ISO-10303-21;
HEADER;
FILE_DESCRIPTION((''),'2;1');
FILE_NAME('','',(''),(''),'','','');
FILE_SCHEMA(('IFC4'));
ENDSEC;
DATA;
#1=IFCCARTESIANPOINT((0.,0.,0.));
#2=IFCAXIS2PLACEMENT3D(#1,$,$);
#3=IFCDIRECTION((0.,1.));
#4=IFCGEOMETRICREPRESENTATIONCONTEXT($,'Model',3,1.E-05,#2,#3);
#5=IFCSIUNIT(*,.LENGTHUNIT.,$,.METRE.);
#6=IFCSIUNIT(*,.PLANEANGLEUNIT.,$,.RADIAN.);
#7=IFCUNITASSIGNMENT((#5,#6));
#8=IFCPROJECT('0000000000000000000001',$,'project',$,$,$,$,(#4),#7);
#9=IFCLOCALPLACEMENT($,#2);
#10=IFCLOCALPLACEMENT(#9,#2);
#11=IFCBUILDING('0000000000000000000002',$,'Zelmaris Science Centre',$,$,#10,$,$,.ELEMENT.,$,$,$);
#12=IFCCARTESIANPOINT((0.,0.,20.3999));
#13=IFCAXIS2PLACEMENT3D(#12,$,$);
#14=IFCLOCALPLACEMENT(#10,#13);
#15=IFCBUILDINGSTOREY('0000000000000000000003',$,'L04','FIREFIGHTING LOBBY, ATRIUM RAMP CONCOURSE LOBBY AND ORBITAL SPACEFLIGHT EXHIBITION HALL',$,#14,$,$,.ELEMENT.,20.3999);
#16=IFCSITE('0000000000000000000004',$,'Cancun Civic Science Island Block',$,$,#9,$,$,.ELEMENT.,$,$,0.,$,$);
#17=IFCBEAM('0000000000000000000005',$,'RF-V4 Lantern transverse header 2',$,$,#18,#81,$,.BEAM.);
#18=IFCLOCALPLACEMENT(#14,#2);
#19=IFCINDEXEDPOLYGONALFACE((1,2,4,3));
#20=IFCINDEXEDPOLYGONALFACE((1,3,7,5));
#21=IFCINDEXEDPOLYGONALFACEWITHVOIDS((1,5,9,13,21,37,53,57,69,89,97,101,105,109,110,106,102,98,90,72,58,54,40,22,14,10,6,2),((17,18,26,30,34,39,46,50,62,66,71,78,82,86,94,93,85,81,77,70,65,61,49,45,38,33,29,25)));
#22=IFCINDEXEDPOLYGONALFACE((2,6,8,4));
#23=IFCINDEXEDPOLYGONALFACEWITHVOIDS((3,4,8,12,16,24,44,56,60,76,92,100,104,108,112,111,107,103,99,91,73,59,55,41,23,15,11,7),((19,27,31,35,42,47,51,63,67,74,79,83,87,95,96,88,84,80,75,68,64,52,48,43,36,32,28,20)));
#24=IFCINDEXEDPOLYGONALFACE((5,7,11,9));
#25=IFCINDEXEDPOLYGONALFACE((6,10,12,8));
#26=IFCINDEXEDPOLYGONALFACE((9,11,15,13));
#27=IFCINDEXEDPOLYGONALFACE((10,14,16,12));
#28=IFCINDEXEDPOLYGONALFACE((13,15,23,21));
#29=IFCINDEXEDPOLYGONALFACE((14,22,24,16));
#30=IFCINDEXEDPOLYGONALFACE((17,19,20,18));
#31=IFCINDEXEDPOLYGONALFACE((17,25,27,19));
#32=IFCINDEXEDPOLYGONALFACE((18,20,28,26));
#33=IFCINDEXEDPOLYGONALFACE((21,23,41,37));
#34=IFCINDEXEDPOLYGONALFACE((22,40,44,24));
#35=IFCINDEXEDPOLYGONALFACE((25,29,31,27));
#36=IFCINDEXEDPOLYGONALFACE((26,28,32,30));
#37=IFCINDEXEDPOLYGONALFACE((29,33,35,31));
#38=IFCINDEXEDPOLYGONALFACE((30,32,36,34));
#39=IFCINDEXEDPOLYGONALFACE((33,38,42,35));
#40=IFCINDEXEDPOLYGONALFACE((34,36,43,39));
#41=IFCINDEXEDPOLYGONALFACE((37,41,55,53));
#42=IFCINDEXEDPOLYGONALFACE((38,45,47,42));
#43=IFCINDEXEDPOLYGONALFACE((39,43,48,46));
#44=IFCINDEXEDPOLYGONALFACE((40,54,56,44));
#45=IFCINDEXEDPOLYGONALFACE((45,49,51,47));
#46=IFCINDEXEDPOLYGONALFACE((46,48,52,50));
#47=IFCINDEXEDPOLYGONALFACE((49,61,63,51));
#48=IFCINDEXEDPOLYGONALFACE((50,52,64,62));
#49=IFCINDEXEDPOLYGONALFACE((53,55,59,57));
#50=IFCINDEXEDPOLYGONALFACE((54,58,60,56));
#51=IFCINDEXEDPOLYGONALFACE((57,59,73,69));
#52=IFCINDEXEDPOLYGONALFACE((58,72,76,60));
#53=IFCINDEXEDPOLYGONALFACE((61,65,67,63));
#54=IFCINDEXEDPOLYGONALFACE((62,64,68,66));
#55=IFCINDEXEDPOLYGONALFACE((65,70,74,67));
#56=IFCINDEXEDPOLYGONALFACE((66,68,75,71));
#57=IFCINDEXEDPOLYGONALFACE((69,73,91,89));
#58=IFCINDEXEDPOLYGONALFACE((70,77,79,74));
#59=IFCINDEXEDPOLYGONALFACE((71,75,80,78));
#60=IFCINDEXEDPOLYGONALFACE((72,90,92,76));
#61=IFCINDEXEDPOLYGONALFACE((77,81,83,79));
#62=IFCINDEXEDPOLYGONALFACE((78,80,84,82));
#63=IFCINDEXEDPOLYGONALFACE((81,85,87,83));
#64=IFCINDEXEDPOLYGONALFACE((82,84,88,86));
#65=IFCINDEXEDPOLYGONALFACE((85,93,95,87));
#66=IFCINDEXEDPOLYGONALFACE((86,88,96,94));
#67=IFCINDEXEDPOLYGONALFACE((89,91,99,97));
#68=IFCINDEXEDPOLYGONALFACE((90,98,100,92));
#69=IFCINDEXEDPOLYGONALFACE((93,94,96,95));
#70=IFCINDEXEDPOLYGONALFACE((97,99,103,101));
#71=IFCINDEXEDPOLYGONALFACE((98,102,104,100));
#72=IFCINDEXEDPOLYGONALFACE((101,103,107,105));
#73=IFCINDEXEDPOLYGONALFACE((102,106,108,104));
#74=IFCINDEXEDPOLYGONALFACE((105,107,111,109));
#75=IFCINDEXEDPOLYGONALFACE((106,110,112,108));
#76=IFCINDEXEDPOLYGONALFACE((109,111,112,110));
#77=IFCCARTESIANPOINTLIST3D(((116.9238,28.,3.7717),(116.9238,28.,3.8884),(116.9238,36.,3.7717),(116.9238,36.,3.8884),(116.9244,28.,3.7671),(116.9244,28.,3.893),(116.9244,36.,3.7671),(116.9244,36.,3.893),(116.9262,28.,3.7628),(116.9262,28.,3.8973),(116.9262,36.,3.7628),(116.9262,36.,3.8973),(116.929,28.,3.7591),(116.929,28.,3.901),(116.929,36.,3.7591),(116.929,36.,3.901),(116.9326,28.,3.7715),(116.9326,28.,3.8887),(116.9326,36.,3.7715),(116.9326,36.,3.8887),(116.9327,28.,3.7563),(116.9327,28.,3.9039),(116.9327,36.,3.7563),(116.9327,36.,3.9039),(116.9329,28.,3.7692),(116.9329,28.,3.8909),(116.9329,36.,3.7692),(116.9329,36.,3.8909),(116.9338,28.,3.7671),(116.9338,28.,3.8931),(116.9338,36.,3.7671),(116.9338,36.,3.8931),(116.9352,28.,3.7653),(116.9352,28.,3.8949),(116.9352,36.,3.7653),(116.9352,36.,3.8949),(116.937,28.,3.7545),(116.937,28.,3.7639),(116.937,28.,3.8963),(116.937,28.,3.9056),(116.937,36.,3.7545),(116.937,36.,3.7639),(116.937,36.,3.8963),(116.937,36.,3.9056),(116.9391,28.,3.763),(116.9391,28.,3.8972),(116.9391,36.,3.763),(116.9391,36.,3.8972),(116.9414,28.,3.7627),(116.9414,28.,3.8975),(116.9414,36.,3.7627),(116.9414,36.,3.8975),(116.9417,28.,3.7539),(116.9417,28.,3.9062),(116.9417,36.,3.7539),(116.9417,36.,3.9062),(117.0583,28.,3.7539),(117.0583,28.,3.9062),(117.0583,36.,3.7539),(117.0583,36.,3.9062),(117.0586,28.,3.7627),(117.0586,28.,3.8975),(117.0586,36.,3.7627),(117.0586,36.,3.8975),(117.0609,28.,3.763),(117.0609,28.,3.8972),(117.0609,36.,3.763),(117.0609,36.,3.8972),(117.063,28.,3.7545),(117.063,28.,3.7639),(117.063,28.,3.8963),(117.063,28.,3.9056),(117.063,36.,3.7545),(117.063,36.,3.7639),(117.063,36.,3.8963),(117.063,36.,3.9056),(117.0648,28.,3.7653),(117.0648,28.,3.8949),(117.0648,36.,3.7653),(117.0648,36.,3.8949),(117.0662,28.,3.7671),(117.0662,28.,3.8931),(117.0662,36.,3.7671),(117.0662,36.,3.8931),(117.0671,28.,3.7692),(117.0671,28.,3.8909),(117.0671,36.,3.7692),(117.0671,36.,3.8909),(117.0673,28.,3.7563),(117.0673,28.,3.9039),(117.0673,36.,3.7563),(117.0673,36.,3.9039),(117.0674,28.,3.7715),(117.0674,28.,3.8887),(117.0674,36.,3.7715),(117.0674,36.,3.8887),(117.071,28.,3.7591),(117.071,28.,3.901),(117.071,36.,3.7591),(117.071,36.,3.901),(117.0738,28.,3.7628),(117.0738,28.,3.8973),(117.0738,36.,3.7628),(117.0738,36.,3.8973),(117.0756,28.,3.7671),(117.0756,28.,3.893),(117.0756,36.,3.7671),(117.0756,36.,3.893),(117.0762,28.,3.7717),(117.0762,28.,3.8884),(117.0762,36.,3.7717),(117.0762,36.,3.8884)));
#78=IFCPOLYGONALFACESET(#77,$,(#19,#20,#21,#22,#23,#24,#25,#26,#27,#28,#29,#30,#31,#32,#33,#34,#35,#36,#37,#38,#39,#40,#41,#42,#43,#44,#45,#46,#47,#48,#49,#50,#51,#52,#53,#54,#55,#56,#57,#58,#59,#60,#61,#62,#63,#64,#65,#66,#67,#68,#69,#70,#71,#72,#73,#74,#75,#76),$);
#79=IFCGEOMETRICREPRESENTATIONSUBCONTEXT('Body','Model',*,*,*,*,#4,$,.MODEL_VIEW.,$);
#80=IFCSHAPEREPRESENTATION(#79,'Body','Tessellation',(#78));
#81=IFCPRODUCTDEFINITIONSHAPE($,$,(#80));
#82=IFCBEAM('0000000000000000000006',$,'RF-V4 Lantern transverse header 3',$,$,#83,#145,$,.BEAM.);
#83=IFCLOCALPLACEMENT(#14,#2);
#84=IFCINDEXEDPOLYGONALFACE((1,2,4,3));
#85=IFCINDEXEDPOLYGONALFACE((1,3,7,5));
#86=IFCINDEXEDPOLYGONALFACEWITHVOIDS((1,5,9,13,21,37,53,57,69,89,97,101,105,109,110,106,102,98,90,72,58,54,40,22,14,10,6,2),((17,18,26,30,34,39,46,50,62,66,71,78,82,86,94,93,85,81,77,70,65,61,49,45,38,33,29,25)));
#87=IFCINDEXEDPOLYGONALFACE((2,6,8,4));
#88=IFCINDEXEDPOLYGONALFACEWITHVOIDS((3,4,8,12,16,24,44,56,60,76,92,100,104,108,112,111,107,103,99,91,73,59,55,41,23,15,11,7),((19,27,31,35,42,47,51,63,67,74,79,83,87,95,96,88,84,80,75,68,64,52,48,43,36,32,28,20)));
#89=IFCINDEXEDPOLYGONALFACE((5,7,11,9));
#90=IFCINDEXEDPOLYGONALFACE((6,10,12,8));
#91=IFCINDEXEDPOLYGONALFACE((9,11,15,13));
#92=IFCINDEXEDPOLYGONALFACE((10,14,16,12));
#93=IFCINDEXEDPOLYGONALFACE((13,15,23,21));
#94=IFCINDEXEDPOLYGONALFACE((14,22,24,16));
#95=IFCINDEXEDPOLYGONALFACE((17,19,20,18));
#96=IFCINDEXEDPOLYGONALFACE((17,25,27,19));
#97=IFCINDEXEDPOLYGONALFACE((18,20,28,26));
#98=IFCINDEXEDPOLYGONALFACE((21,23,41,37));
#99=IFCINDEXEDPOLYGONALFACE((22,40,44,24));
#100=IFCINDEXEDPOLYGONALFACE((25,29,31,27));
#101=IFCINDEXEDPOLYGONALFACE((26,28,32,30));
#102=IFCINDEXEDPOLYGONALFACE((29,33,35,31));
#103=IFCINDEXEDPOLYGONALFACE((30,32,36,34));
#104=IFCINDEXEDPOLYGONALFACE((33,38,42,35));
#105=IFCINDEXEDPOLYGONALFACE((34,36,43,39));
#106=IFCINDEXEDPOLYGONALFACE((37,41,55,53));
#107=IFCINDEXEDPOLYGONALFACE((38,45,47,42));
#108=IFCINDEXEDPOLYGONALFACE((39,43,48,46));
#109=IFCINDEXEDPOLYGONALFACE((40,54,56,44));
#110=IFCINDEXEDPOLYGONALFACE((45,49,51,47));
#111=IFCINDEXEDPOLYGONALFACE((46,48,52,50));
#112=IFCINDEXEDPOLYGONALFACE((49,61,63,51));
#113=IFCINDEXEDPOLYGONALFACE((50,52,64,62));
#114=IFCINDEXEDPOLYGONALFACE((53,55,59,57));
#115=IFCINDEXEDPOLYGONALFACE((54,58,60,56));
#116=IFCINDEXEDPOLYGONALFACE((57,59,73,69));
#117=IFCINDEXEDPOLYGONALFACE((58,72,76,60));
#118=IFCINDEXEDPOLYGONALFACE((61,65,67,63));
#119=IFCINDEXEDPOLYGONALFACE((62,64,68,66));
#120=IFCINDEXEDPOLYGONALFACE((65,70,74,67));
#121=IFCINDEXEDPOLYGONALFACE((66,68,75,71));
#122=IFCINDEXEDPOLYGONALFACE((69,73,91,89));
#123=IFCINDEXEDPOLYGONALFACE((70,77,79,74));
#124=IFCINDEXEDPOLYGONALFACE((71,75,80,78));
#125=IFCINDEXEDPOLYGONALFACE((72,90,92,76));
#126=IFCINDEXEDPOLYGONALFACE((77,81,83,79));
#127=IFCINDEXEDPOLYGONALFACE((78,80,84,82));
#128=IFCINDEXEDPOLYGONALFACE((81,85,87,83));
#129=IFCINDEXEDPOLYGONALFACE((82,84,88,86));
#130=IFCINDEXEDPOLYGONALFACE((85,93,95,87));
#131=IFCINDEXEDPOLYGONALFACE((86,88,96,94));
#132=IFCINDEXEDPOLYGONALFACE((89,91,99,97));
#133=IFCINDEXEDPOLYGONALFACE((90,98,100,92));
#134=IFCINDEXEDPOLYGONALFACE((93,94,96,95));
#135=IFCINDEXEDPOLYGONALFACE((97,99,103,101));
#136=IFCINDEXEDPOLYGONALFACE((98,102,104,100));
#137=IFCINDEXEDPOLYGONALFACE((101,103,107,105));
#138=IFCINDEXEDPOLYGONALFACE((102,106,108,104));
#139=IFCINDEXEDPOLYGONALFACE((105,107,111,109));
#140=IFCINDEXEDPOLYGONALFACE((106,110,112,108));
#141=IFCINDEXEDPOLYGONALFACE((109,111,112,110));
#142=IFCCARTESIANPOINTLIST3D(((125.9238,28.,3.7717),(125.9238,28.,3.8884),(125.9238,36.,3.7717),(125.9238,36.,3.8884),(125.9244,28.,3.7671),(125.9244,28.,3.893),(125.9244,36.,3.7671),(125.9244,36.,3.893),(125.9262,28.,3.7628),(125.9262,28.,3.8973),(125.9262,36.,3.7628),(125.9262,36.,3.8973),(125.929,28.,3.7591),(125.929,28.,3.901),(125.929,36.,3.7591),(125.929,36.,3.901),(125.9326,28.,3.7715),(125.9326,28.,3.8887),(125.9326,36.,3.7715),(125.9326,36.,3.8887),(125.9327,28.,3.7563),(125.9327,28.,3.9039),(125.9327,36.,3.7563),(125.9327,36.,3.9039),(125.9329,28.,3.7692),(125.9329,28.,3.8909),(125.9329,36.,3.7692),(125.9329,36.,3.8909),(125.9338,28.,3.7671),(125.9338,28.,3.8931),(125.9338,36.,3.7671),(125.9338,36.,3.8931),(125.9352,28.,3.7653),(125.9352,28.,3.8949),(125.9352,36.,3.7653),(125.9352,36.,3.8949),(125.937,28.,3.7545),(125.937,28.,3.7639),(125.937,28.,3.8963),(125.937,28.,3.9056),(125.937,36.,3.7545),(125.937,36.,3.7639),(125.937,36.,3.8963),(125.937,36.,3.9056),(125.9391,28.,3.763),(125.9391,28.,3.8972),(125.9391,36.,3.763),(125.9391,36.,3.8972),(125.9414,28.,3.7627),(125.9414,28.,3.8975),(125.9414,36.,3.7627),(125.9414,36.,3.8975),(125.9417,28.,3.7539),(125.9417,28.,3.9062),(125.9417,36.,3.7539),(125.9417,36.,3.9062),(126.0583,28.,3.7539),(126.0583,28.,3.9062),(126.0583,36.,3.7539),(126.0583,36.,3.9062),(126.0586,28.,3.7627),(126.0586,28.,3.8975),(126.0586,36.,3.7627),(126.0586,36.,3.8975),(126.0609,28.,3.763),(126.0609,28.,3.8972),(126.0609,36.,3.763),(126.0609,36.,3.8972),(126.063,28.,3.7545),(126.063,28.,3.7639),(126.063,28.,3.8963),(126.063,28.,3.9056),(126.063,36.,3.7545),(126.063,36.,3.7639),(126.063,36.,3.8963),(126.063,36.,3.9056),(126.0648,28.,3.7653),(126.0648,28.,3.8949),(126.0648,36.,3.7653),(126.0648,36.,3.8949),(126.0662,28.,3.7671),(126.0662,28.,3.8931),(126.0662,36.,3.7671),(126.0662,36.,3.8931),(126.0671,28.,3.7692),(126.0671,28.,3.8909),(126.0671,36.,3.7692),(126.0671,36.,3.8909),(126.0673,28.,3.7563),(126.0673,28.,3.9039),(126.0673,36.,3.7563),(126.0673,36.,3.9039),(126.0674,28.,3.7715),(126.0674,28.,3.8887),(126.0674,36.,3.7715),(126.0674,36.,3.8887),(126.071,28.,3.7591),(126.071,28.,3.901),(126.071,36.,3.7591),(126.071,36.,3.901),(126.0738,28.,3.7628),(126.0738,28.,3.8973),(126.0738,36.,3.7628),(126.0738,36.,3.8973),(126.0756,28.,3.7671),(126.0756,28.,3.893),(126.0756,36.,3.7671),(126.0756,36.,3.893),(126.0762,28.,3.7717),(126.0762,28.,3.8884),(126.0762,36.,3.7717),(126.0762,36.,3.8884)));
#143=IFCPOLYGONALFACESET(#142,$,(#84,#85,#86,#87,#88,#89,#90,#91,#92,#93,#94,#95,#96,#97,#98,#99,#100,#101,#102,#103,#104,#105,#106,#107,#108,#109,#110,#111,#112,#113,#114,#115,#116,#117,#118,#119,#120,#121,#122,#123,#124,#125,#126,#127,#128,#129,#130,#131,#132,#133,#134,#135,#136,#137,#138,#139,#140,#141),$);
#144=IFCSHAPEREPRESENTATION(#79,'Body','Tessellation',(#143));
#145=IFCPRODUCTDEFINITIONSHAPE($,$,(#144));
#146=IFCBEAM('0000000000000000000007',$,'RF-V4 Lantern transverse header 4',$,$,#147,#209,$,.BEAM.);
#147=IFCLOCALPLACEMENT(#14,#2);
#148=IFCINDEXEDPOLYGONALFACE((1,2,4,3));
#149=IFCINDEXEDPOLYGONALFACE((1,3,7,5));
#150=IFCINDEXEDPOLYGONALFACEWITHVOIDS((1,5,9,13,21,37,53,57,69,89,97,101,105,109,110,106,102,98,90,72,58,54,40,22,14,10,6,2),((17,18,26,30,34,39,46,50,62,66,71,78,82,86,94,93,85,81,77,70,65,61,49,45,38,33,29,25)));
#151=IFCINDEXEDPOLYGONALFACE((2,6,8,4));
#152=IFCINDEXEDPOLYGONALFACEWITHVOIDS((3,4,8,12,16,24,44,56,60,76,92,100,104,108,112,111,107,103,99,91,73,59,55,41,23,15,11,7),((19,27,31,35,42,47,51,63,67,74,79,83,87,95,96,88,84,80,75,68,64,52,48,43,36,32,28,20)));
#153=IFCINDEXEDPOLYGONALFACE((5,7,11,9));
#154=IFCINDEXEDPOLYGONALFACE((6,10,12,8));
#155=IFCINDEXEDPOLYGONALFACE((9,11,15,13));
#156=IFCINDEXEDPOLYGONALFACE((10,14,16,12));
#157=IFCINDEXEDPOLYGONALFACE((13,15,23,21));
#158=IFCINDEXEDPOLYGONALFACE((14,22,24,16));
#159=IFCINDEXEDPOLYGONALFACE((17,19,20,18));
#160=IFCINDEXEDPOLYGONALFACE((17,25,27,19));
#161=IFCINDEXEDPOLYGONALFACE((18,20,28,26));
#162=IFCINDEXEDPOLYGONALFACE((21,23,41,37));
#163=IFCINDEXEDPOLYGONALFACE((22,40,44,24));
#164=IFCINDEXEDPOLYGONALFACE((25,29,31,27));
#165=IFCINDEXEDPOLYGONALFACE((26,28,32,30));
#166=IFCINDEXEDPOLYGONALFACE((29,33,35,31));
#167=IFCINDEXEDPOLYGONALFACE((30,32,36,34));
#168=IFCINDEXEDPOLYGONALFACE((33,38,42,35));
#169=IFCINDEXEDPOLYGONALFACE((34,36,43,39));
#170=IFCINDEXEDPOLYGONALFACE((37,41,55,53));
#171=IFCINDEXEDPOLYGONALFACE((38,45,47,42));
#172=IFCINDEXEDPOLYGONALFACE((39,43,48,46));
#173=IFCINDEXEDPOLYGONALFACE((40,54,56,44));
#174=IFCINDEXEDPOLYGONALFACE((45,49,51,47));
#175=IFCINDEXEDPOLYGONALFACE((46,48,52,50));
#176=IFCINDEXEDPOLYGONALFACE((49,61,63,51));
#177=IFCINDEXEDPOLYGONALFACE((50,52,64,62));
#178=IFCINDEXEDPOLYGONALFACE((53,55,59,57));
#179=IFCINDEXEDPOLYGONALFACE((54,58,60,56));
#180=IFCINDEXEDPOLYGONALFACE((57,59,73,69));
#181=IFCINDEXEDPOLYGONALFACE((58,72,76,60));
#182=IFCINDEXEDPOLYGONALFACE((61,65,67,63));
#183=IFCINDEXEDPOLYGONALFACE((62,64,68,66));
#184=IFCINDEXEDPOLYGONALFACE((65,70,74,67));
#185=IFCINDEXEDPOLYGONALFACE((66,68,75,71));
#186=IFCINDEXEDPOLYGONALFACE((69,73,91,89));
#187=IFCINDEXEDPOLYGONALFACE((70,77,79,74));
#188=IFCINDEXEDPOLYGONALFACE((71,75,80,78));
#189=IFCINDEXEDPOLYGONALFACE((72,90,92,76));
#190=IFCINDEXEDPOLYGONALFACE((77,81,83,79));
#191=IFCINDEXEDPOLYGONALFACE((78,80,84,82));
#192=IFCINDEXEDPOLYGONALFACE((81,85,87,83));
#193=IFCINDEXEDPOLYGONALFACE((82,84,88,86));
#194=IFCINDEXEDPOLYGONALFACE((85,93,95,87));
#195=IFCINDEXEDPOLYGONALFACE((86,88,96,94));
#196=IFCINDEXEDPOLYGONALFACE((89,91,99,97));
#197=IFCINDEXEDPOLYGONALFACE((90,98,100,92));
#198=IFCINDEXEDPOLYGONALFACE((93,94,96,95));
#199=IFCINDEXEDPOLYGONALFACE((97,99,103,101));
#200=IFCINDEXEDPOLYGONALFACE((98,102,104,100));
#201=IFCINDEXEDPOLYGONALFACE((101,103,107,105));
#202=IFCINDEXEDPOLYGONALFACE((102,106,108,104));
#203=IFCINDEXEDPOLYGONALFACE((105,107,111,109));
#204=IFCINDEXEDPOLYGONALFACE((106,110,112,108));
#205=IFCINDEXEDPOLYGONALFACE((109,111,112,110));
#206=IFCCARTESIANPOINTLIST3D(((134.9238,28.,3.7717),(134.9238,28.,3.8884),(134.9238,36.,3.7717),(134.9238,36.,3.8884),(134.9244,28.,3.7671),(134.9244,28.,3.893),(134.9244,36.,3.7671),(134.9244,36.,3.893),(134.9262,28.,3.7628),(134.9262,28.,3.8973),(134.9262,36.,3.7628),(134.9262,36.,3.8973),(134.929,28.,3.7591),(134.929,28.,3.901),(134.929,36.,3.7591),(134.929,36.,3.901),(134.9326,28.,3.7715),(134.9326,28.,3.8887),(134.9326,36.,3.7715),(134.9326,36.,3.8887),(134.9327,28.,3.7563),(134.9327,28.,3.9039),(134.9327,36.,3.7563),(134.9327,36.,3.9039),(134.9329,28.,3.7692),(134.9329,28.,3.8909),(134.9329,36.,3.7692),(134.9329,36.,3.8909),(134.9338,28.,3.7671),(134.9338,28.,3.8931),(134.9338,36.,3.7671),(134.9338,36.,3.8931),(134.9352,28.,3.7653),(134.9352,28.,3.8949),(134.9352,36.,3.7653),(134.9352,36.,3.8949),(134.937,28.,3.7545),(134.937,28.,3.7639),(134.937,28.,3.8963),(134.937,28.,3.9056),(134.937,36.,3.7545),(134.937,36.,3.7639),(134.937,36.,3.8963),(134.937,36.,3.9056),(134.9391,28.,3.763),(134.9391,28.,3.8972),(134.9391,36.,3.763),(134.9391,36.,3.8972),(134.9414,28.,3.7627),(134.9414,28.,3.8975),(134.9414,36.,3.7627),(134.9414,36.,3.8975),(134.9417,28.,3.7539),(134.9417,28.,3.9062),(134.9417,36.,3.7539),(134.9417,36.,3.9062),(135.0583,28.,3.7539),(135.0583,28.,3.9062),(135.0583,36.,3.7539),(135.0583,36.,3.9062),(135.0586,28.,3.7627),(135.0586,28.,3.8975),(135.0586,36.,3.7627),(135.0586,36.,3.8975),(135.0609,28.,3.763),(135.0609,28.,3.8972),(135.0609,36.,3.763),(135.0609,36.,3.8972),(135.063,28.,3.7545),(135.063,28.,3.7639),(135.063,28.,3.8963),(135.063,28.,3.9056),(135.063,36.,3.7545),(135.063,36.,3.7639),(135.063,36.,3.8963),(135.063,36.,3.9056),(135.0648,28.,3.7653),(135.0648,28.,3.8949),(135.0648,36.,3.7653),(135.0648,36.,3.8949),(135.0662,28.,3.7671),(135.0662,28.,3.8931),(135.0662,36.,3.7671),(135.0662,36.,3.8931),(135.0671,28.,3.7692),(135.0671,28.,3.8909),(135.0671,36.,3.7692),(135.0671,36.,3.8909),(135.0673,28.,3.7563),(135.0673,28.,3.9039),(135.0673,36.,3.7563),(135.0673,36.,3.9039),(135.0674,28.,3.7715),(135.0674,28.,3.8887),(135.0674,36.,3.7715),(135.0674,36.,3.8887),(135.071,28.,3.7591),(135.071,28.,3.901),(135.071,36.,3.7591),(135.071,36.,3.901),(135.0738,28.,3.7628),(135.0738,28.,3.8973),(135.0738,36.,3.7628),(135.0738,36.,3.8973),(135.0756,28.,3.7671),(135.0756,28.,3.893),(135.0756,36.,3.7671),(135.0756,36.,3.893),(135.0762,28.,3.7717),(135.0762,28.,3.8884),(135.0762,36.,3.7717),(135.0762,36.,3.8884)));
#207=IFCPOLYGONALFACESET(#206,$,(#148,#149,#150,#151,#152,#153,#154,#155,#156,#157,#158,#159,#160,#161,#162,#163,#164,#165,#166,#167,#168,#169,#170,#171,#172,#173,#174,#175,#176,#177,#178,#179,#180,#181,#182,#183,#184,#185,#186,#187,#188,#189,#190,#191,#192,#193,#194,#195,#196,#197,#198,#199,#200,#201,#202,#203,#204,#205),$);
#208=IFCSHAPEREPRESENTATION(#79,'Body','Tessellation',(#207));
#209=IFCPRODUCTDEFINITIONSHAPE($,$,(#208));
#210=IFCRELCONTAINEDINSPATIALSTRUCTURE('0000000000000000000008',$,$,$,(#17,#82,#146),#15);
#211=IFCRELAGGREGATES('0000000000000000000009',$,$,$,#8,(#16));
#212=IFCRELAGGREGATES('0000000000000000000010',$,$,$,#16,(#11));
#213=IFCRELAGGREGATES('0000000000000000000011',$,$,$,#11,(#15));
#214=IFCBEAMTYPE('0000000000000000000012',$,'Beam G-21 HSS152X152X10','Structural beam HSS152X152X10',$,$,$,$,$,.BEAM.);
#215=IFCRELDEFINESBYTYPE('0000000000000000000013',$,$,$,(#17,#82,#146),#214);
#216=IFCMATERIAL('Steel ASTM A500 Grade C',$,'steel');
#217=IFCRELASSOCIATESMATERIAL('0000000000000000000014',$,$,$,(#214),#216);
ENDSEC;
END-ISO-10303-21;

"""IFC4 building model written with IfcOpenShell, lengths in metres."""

from ifc_helpers import new_model, si_unit, direction, frame, origin, origin_2d, place, context, subcontext, project, spatial, hollow_rectangle, extrude, material, material_profile, profile_set, type_object, element, save


model = new_model("IFC4")

# Units and contexts
model_context = context("Model", 3, precision=1e-05, world=origin(), true_north=direction((0.0, 1.0)))
body_context = subcontext(model_context, "Body", "Model", "MODEL_VIEW")
ifc_project = project(units=[si_unit("LENGTHUNIT", "METRE"), si_unit("PLANEANGLEUNIT", "RADIAN")], contexts=[model_context])

# Site, building, storey
site_placement = place(None, origin())
site = spatial("IfcSite", under=ifc_project, at=site_placement, Name="Cancun Civic Science Island Block", CompositionType="ELEMENT", RefElevation=0.0)
building_placement = place(site_placement, origin())
building = spatial("IfcBuilding", under=site, at=building_placement, Name="Zelmaris Science Centre", CompositionType="ELEMENT")
storey_placement = place(building_placement, frame((0.0, 0.0, 20.3999)))
storey = spatial("IfcBuildingStorey", under=building, at=storey_placement, Name="L04", Description="FIREFIGHTING LOBBY, ATRIUM RAMP CONCOURSE LOBBY AND ORBITAL SPACEFLIGHT EXHIBITION HALL", CompositionType="ELEMENT", Elevation=20.3999)

# Beams
ifc_material = material(Name="Steel ASTM A500 Grade C", Category="steel")
ifc_material_profile_1 = material_profile(ifc_material, hollow_rectangle(XDim=0.1523, YDim=0.1523, WallThickness=0.0088, InnerFilletRadius=0.0088, OuterFilletRadius=0.0178, at=origin_2d()), Name="HSS152X152X10")
ifc_profile_set_1 = profile_set([ifc_material_profile_1], Name="Steel ASTM A500 Grade C")
beam_type_1 = type_object("IfcBeamType", Name="Beam G-21 HSS152X152X10", Description="Structural beam HSS152X152X10", PredefinedType="BEAM", material=ifc_profile_set_1)
for number, where, z_axis, x_axis, name in (
    (1, (117.0, 28.0, 3.8301), (0.0, 1.0, 0.0), (-1.0, 0.0, 0.0), "RF-V4 Lantern transverse header 2"),
    (2, (126.0, 28.0, 3.8301), (0.0, 1.0, 0.0), (-1.0, 0.0, 0.0), "RF-V4 Lantern transverse header 3"),
    (3, (135.0, 28.0, 3.8301), (0.0, 1.0, 0.0), (-1.0, 0.0, 0.0), "RF-V4 Lantern transverse header 4"),
):
    element("IfcBeam", number, at=place(storey_placement, frame(where, z_axis=z_axis, x_axis=x_axis)), inside=storey, type_object=beam_type_1, Name=name, PredefinedType="BEAM", context=body_context, shape_type="SweptSolid", body=[
        extrude(hollow_rectangle(XDim=0.1523, YDim=0.1523, WallThickness=0.0088, InnerFilletRadius=0.0088, OuterFilletRadius=0.0178, at=origin_2d()), origin(), (0.0, 0.0, 1.0), 8.0),
    ])

save(model, "model.ifc")
